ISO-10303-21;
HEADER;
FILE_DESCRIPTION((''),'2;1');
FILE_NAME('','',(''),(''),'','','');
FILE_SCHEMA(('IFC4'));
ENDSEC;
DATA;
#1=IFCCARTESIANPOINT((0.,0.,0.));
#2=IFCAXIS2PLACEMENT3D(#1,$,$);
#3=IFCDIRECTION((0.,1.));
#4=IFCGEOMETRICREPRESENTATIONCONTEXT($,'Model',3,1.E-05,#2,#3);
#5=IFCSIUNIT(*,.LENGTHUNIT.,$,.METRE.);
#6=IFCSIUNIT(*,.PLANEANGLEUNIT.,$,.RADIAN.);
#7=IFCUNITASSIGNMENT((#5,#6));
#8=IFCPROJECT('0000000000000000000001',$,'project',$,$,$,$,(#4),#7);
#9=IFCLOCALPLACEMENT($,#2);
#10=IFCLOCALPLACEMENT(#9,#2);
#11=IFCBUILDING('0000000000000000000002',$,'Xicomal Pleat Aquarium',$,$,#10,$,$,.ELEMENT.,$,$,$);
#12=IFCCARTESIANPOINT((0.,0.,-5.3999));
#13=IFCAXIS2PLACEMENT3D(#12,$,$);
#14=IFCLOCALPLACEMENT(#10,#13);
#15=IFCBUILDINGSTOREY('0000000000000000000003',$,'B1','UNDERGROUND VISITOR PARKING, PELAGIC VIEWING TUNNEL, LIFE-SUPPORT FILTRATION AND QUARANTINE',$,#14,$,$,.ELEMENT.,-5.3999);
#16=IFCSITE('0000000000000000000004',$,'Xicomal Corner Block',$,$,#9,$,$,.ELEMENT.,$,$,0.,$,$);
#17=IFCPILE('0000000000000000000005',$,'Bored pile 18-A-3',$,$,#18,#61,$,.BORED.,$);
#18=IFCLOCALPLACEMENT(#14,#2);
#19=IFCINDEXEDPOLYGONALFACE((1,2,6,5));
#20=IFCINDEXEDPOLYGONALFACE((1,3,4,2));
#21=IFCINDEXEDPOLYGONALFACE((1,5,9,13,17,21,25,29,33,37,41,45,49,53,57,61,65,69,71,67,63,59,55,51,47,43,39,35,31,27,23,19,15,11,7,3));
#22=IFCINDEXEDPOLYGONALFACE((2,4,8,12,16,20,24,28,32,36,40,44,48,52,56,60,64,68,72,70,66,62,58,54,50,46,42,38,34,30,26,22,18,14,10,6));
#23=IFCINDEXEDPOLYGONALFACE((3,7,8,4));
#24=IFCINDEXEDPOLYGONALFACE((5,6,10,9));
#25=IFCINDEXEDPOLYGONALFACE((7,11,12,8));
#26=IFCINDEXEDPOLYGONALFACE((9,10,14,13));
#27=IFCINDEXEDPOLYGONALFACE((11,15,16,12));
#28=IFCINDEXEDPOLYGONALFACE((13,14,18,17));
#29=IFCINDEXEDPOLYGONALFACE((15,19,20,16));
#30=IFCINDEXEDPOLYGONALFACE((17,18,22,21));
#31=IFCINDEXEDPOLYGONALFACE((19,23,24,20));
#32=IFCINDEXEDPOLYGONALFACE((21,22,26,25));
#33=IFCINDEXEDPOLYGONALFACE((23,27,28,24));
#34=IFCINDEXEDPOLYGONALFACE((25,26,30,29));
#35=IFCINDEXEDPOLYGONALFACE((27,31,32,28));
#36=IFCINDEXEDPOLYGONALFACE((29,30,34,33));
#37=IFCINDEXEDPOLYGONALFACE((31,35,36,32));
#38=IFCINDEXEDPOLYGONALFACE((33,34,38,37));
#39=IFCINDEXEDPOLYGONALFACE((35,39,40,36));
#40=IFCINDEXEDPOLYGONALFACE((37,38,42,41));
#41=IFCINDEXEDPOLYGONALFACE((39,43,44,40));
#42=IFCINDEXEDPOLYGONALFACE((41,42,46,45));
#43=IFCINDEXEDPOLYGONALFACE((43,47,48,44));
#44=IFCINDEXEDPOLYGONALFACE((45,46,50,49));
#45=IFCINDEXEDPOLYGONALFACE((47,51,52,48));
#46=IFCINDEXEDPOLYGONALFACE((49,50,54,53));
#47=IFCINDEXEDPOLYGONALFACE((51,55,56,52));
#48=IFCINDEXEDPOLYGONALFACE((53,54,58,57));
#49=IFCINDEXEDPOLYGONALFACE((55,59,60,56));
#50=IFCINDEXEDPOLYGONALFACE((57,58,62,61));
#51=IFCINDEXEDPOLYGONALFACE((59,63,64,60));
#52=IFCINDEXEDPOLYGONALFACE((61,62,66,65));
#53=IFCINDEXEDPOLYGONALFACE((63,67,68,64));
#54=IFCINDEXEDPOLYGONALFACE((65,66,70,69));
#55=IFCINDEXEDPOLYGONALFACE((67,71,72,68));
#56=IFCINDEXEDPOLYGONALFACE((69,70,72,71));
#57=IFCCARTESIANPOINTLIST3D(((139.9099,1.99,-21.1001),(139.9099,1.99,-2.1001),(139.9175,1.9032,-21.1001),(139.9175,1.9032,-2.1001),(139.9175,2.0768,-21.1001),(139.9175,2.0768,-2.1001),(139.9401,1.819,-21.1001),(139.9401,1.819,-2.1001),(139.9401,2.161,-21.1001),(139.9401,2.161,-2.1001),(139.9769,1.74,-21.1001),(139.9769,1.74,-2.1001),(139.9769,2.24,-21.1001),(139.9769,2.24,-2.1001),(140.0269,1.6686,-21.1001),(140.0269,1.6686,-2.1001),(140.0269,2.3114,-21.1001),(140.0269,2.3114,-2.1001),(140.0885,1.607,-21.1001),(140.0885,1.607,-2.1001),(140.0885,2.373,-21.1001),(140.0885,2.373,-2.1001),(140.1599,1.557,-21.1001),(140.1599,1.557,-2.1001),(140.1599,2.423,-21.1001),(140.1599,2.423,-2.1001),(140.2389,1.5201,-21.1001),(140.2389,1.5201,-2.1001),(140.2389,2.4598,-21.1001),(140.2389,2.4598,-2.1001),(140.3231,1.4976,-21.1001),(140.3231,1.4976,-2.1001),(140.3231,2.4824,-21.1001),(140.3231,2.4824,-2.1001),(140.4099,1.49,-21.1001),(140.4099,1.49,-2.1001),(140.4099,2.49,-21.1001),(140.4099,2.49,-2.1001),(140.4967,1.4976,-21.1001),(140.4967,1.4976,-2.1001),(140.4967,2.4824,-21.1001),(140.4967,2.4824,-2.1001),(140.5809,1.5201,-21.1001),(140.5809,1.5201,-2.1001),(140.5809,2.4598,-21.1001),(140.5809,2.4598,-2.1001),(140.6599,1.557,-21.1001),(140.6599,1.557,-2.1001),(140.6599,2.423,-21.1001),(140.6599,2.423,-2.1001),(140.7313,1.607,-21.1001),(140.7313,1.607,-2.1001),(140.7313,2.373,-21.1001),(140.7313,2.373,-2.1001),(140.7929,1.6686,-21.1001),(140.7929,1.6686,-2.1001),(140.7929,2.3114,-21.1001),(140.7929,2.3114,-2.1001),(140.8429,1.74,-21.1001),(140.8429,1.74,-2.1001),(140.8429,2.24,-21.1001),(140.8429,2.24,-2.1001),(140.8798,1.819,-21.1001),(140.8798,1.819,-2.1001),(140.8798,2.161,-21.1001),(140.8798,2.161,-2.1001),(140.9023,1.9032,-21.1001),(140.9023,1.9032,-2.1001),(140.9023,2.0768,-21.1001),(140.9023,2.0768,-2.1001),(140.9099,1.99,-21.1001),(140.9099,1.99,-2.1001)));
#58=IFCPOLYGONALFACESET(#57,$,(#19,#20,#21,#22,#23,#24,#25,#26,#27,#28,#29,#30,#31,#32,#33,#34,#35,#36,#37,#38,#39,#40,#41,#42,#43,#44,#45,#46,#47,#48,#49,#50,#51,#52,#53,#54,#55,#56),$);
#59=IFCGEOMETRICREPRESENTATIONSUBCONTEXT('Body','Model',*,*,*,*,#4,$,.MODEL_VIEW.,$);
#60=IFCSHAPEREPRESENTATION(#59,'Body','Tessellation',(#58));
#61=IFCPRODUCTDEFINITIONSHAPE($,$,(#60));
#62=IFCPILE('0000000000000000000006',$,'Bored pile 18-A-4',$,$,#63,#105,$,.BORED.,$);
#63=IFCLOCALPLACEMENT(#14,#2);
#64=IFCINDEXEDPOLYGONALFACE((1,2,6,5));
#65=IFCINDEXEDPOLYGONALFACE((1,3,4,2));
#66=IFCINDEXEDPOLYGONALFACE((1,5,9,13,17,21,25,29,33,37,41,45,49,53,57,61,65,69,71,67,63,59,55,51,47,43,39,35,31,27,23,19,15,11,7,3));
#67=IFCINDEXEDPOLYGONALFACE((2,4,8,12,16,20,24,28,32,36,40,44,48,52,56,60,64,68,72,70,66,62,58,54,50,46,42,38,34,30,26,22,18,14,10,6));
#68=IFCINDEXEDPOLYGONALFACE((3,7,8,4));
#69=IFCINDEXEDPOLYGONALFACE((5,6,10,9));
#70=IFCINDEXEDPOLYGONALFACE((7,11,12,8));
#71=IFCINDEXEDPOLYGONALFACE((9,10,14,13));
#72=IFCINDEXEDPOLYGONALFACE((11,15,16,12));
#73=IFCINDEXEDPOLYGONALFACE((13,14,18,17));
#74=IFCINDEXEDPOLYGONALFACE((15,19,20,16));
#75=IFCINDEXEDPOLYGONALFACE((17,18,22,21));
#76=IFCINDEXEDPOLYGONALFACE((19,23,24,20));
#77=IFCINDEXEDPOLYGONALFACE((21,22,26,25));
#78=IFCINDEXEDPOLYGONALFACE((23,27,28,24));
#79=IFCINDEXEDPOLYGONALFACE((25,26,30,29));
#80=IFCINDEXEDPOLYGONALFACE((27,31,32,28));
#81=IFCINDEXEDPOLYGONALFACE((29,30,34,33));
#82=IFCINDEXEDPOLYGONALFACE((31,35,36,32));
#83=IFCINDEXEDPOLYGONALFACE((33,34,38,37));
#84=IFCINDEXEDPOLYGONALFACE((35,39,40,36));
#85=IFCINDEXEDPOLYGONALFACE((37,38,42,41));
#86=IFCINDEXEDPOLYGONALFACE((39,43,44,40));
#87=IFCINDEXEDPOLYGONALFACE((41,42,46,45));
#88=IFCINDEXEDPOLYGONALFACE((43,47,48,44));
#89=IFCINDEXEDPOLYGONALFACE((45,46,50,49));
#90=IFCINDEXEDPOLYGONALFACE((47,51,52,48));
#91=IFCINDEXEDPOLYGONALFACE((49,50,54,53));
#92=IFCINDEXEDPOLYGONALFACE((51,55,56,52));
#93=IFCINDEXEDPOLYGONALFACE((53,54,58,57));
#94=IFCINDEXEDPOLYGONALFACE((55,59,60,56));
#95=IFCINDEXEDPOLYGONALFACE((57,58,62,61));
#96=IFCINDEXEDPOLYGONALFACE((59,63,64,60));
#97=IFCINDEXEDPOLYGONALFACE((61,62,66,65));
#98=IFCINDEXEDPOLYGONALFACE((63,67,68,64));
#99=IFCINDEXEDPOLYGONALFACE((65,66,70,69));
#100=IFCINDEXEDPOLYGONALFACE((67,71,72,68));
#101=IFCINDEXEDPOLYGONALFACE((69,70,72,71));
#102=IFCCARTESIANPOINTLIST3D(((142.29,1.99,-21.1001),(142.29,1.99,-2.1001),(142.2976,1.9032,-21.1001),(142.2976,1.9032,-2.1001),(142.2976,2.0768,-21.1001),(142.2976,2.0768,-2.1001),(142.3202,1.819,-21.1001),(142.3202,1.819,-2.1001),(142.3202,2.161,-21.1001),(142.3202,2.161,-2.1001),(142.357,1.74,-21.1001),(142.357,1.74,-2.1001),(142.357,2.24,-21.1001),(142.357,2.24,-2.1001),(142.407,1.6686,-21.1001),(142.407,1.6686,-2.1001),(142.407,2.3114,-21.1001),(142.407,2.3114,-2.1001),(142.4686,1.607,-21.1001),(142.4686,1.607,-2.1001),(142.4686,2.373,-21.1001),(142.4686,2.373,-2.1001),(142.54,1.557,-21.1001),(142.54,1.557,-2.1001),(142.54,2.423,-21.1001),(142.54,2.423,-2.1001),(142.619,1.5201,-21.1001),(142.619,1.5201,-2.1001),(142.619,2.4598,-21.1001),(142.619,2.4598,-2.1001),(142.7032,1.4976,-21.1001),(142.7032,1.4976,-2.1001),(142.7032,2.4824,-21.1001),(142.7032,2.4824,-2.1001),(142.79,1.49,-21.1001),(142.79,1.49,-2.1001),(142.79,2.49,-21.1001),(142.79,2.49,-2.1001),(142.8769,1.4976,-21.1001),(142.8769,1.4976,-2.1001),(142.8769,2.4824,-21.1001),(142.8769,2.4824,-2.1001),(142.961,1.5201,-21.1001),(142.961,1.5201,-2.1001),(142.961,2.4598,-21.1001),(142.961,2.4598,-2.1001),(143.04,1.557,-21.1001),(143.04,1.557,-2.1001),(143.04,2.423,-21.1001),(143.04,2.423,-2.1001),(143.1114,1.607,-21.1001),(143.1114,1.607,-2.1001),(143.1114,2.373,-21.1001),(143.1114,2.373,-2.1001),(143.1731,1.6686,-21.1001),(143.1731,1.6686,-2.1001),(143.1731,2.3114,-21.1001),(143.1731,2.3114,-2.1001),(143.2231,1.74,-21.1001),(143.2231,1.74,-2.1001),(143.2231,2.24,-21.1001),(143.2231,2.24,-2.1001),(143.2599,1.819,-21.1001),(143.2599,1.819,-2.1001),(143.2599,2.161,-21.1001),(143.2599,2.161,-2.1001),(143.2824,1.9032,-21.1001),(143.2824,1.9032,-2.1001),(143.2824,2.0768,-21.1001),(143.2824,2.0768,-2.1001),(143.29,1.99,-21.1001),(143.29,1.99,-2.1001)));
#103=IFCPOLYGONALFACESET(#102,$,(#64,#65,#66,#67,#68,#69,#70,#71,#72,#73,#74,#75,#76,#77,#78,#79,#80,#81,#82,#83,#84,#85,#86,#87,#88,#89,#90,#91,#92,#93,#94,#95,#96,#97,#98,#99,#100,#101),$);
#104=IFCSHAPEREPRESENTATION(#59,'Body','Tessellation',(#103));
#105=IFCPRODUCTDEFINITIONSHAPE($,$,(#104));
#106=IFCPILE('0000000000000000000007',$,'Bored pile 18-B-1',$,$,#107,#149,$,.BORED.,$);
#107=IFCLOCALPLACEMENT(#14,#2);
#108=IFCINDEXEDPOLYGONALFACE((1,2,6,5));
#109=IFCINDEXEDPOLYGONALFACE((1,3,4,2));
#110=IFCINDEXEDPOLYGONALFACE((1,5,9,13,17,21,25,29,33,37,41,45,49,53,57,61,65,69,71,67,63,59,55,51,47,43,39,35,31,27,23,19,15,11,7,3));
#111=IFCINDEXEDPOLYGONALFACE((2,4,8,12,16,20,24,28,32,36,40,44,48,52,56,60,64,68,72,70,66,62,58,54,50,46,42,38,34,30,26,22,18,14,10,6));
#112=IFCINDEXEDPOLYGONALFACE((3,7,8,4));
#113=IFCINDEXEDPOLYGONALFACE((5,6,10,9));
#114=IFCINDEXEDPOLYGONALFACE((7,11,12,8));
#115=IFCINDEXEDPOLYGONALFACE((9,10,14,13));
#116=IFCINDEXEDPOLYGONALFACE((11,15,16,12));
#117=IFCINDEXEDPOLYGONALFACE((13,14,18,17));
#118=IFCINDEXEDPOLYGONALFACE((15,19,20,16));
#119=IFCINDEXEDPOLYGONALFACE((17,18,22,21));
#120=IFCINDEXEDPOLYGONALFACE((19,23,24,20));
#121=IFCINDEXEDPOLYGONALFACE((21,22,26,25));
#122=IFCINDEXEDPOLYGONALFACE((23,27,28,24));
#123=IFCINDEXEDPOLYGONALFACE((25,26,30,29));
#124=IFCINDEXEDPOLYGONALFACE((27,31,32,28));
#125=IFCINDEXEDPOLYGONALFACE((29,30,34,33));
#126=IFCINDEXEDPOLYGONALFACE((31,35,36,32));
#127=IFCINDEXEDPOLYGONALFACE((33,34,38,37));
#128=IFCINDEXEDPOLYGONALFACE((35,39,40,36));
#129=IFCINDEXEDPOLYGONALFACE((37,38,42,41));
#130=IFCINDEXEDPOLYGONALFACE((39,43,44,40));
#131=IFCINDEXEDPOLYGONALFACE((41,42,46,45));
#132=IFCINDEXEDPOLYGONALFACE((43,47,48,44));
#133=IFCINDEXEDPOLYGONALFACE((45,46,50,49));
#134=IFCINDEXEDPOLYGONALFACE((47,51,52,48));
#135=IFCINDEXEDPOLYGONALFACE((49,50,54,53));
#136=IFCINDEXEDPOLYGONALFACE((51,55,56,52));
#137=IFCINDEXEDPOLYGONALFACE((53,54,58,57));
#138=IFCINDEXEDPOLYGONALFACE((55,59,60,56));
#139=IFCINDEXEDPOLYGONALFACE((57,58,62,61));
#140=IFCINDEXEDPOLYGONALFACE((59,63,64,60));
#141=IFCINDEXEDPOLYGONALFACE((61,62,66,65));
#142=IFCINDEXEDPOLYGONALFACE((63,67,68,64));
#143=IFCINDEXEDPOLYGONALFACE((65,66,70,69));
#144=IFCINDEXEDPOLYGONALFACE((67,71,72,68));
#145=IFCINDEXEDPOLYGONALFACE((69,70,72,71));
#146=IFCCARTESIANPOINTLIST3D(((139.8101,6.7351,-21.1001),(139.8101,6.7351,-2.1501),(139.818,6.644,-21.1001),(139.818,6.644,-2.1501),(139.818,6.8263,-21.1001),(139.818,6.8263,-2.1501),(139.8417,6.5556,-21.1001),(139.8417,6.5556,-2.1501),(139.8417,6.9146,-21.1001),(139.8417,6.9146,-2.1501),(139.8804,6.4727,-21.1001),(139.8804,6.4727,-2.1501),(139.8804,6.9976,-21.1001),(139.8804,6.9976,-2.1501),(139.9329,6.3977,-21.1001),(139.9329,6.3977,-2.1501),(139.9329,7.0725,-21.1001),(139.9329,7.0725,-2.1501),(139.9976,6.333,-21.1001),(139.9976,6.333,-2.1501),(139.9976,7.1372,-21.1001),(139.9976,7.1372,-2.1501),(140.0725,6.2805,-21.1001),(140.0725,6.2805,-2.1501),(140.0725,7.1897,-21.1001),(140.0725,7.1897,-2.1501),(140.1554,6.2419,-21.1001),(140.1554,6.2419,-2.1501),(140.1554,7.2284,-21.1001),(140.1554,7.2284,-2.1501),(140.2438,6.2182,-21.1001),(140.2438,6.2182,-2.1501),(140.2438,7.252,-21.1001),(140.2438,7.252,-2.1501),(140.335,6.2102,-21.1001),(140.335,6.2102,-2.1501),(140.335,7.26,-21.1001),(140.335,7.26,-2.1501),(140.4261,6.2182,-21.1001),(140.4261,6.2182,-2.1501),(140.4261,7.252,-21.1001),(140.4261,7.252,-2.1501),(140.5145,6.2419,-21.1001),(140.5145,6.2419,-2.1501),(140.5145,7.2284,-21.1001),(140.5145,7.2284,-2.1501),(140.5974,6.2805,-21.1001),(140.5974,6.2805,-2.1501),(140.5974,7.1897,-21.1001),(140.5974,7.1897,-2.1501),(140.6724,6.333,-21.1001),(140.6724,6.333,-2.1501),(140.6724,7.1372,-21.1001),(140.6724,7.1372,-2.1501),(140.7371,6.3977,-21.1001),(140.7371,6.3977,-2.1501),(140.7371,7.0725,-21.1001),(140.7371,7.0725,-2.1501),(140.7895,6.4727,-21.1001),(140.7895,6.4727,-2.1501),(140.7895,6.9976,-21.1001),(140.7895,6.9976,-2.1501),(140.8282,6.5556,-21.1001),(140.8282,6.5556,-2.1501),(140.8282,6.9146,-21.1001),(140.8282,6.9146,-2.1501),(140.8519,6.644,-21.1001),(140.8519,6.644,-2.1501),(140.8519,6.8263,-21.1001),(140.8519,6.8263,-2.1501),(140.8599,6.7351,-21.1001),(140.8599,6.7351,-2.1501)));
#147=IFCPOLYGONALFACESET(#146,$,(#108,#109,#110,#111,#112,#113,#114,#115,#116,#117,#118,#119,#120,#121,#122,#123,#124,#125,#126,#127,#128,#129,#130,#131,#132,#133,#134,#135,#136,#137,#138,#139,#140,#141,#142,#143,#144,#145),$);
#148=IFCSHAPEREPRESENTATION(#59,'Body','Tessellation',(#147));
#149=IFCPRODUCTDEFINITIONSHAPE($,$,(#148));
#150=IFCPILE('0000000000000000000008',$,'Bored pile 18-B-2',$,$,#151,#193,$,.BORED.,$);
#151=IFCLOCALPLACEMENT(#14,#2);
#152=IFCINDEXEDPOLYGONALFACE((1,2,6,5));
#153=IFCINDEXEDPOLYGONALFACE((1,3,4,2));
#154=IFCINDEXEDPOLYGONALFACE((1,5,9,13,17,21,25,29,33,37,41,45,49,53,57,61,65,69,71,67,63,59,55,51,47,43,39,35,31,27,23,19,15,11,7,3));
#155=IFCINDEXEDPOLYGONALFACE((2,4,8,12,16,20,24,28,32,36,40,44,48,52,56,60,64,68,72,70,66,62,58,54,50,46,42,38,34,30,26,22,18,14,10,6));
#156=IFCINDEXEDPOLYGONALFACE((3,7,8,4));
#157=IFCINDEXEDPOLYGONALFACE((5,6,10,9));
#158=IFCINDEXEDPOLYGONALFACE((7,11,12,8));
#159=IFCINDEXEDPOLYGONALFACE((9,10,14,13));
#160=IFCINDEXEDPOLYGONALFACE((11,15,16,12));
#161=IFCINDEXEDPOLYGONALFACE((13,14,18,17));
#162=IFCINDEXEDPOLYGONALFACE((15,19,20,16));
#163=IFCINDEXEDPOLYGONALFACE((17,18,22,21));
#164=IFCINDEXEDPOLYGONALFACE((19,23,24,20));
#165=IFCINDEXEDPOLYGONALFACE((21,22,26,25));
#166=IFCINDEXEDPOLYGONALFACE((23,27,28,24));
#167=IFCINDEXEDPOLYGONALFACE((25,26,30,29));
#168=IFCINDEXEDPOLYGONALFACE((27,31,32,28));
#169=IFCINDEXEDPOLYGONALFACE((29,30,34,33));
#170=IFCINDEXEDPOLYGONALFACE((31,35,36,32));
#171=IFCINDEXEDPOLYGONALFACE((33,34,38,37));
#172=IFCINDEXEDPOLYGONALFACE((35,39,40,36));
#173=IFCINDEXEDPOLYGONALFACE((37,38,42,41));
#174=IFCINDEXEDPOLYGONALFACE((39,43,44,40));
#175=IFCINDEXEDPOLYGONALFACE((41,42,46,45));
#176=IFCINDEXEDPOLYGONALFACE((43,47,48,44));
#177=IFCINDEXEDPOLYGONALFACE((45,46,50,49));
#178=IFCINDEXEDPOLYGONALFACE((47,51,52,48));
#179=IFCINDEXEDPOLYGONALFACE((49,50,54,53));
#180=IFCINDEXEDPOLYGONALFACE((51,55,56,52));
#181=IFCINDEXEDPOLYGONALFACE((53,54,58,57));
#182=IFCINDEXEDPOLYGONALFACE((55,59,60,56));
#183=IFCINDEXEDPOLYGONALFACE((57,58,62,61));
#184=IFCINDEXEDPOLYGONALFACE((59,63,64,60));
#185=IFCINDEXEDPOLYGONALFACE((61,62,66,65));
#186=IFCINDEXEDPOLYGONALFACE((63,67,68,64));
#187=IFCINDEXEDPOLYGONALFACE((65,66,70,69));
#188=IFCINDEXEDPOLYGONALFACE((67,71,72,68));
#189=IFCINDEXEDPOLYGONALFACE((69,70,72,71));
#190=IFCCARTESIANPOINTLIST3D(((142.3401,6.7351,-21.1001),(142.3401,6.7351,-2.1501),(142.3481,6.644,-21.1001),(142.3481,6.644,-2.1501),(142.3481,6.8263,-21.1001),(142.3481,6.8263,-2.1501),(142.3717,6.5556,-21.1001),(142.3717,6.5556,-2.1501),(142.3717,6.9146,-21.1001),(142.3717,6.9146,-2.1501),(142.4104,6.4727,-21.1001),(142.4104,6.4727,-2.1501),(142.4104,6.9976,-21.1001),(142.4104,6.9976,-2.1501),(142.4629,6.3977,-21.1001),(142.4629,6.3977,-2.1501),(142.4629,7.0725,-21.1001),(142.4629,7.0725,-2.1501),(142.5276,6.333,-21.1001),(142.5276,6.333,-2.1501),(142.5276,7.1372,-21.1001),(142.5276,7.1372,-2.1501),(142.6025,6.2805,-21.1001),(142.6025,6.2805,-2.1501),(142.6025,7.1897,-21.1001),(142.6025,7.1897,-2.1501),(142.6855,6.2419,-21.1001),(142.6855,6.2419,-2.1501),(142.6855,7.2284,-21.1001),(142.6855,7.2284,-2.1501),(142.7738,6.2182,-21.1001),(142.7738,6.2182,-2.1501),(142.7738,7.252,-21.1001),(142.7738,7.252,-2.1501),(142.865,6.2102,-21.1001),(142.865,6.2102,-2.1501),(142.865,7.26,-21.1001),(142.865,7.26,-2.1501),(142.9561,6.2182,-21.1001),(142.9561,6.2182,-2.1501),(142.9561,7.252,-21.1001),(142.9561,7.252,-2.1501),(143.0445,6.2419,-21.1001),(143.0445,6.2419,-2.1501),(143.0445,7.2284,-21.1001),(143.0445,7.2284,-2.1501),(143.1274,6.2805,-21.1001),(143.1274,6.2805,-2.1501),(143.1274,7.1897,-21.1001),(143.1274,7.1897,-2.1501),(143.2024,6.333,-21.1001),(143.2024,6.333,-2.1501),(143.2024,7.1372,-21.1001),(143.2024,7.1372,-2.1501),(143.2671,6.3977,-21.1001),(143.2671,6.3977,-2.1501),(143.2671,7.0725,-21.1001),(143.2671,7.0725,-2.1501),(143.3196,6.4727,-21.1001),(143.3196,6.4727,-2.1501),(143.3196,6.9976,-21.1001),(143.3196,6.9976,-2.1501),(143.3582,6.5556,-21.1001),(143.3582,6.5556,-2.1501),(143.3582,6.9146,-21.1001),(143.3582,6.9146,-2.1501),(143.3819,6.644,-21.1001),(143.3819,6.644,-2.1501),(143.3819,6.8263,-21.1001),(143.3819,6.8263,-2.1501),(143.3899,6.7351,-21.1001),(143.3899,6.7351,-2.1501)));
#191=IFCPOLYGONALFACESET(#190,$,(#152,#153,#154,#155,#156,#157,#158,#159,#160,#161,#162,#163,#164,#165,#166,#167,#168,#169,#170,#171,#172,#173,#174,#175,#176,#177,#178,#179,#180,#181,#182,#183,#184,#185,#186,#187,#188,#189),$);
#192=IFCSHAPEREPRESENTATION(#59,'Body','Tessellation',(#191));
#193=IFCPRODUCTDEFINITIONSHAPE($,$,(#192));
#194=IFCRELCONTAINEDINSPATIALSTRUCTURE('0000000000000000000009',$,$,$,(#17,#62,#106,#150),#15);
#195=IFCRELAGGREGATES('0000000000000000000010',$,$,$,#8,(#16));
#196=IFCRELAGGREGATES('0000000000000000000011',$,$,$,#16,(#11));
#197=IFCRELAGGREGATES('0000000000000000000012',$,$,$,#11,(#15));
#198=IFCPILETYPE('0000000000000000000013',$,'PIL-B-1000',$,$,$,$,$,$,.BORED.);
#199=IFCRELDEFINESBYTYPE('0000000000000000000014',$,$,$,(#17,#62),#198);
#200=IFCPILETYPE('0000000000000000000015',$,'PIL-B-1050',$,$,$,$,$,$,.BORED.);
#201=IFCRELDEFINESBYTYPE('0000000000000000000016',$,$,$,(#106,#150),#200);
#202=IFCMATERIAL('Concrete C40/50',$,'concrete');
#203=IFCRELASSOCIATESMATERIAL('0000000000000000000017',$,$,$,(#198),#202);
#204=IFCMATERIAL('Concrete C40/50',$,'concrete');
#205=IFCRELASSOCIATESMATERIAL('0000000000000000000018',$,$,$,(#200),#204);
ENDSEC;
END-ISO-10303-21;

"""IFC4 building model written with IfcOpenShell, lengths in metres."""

from ifc_helpers import new_model, si_unit, direction, frame, origin, origin_2d, place, context, subcontext, project, spatial, circle, extrude, material, material_profile, profile_set, type_object, element, save


model = new_model("IFC4")

# Units and contexts
model_context = context("Model", 3, precision=1e-05, world=origin(), true_north=direction((0.0, 1.0)))
body_context = subcontext(model_context, "Body", "Model", "MODEL_VIEW")
ifc_project = project(units=[si_unit("LENGTHUNIT", "METRE"), si_unit("PLANEANGLEUNIT", "RADIAN")], contexts=[model_context])

# Site, building, storey
site_placement = place(None, origin())
site = spatial("IfcSite", under=ifc_project, at=site_placement, Name="Xicomal Corner Block", CompositionType="ELEMENT", RefElevation=0.0)
building_placement = place(site_placement, origin())
building = spatial("IfcBuilding", under=site, at=building_placement, Name="Xicomal Pleat Aquarium", CompositionType="ELEMENT")
storey_placement = place(building_placement, frame((0.0, 0.0, -5.3999)))
storey = spatial("IfcBuildingStorey", under=building, at=storey_placement, Name="B1", Description="UNDERGROUND VISITOR PARKING, PELAGIC VIEWING TUNNEL, LIFE-SUPPORT FILTRATION AND QUARANTINE", CompositionType="ELEMENT", Elevation=-5.3999)

# Piles
ifc_material_1 = material(Name="Concrete C40/50", Category="concrete")
ifc_material_profile_1 = material_profile(ifc_material_1, circle(Radius=0.5, at=origin_2d()), Name="BORED PILE D1000")
ifc_profile_set_1 = profile_set([ifc_material_profile_1], Name="Concrete C40/50")
pile_type_1 = type_object("IfcPileType", Name="PIL-B-1000", PredefinedType="BORED", material=ifc_profile_set_1)
for number, where, z_axis, x_axis, name in (
    (1, (140.4099, 1.99, -2.1001), (0.0, 0.0, -1.0), (1.0, 0.0, 0.0), "Bored pile 18-A-3"),
    (2, (142.79, 1.99, -2.1001), (0.0, 0.0, -1.0), (1.0, 0.0, 0.0), "Bored pile 18-A-4"),
):
    element("IfcPile", number, at=place(storey_placement, frame(where, z_axis=z_axis, x_axis=x_axis)), inside=storey, type_object=pile_type_1, Name=name, PredefinedType="BORED", context=body_context, shape_type="SweptSolid", body=[
        extrude(circle(Radius=0.5, at=origin_2d()), origin(), (0.0, 0.0, 1.0), 19.0),
    ])
ifc_material_2 = material(Name="Concrete C40/50", Category="concrete")
ifc_material_profile_2 = material_profile(ifc_material_2, circle(Radius=0.5249, at=origin_2d()), Name="BORED PILE D1050")
ifc_profile_set_2 = profile_set([ifc_material_profile_2], Name="Concrete C40/50")
pile_type_2 = type_object("IfcPileType", Name="PIL-B-1050", PredefinedType="BORED", material=ifc_profile_set_2)
for number, where, z_axis, x_axis, name in (
    (3, (140.335, 6.7351, -2.1501), (0.0, 0.0, -1.0), (1.0, 0.0, 0.0), "Bored pile 18-B-1"),
    (4, (142.865, 6.7351, -2.1501), (0.0, 0.0, -1.0), (1.0, 0.0, 0.0), "Bored pile 18-B-2"),
):
    element("IfcPile", number, at=place(storey_placement, frame(where, z_axis=z_axis, x_axis=x_axis)), inside=storey, type_object=pile_type_2, Name=name, PredefinedType="BORED", context=body_context, shape_type="SweptSolid", body=[
        extrude(circle(Radius=0.5249, at=origin_2d()), origin(), (0.0, 0.0, 1.0), 18.95),
    ])

save(model, "model.ifc")
